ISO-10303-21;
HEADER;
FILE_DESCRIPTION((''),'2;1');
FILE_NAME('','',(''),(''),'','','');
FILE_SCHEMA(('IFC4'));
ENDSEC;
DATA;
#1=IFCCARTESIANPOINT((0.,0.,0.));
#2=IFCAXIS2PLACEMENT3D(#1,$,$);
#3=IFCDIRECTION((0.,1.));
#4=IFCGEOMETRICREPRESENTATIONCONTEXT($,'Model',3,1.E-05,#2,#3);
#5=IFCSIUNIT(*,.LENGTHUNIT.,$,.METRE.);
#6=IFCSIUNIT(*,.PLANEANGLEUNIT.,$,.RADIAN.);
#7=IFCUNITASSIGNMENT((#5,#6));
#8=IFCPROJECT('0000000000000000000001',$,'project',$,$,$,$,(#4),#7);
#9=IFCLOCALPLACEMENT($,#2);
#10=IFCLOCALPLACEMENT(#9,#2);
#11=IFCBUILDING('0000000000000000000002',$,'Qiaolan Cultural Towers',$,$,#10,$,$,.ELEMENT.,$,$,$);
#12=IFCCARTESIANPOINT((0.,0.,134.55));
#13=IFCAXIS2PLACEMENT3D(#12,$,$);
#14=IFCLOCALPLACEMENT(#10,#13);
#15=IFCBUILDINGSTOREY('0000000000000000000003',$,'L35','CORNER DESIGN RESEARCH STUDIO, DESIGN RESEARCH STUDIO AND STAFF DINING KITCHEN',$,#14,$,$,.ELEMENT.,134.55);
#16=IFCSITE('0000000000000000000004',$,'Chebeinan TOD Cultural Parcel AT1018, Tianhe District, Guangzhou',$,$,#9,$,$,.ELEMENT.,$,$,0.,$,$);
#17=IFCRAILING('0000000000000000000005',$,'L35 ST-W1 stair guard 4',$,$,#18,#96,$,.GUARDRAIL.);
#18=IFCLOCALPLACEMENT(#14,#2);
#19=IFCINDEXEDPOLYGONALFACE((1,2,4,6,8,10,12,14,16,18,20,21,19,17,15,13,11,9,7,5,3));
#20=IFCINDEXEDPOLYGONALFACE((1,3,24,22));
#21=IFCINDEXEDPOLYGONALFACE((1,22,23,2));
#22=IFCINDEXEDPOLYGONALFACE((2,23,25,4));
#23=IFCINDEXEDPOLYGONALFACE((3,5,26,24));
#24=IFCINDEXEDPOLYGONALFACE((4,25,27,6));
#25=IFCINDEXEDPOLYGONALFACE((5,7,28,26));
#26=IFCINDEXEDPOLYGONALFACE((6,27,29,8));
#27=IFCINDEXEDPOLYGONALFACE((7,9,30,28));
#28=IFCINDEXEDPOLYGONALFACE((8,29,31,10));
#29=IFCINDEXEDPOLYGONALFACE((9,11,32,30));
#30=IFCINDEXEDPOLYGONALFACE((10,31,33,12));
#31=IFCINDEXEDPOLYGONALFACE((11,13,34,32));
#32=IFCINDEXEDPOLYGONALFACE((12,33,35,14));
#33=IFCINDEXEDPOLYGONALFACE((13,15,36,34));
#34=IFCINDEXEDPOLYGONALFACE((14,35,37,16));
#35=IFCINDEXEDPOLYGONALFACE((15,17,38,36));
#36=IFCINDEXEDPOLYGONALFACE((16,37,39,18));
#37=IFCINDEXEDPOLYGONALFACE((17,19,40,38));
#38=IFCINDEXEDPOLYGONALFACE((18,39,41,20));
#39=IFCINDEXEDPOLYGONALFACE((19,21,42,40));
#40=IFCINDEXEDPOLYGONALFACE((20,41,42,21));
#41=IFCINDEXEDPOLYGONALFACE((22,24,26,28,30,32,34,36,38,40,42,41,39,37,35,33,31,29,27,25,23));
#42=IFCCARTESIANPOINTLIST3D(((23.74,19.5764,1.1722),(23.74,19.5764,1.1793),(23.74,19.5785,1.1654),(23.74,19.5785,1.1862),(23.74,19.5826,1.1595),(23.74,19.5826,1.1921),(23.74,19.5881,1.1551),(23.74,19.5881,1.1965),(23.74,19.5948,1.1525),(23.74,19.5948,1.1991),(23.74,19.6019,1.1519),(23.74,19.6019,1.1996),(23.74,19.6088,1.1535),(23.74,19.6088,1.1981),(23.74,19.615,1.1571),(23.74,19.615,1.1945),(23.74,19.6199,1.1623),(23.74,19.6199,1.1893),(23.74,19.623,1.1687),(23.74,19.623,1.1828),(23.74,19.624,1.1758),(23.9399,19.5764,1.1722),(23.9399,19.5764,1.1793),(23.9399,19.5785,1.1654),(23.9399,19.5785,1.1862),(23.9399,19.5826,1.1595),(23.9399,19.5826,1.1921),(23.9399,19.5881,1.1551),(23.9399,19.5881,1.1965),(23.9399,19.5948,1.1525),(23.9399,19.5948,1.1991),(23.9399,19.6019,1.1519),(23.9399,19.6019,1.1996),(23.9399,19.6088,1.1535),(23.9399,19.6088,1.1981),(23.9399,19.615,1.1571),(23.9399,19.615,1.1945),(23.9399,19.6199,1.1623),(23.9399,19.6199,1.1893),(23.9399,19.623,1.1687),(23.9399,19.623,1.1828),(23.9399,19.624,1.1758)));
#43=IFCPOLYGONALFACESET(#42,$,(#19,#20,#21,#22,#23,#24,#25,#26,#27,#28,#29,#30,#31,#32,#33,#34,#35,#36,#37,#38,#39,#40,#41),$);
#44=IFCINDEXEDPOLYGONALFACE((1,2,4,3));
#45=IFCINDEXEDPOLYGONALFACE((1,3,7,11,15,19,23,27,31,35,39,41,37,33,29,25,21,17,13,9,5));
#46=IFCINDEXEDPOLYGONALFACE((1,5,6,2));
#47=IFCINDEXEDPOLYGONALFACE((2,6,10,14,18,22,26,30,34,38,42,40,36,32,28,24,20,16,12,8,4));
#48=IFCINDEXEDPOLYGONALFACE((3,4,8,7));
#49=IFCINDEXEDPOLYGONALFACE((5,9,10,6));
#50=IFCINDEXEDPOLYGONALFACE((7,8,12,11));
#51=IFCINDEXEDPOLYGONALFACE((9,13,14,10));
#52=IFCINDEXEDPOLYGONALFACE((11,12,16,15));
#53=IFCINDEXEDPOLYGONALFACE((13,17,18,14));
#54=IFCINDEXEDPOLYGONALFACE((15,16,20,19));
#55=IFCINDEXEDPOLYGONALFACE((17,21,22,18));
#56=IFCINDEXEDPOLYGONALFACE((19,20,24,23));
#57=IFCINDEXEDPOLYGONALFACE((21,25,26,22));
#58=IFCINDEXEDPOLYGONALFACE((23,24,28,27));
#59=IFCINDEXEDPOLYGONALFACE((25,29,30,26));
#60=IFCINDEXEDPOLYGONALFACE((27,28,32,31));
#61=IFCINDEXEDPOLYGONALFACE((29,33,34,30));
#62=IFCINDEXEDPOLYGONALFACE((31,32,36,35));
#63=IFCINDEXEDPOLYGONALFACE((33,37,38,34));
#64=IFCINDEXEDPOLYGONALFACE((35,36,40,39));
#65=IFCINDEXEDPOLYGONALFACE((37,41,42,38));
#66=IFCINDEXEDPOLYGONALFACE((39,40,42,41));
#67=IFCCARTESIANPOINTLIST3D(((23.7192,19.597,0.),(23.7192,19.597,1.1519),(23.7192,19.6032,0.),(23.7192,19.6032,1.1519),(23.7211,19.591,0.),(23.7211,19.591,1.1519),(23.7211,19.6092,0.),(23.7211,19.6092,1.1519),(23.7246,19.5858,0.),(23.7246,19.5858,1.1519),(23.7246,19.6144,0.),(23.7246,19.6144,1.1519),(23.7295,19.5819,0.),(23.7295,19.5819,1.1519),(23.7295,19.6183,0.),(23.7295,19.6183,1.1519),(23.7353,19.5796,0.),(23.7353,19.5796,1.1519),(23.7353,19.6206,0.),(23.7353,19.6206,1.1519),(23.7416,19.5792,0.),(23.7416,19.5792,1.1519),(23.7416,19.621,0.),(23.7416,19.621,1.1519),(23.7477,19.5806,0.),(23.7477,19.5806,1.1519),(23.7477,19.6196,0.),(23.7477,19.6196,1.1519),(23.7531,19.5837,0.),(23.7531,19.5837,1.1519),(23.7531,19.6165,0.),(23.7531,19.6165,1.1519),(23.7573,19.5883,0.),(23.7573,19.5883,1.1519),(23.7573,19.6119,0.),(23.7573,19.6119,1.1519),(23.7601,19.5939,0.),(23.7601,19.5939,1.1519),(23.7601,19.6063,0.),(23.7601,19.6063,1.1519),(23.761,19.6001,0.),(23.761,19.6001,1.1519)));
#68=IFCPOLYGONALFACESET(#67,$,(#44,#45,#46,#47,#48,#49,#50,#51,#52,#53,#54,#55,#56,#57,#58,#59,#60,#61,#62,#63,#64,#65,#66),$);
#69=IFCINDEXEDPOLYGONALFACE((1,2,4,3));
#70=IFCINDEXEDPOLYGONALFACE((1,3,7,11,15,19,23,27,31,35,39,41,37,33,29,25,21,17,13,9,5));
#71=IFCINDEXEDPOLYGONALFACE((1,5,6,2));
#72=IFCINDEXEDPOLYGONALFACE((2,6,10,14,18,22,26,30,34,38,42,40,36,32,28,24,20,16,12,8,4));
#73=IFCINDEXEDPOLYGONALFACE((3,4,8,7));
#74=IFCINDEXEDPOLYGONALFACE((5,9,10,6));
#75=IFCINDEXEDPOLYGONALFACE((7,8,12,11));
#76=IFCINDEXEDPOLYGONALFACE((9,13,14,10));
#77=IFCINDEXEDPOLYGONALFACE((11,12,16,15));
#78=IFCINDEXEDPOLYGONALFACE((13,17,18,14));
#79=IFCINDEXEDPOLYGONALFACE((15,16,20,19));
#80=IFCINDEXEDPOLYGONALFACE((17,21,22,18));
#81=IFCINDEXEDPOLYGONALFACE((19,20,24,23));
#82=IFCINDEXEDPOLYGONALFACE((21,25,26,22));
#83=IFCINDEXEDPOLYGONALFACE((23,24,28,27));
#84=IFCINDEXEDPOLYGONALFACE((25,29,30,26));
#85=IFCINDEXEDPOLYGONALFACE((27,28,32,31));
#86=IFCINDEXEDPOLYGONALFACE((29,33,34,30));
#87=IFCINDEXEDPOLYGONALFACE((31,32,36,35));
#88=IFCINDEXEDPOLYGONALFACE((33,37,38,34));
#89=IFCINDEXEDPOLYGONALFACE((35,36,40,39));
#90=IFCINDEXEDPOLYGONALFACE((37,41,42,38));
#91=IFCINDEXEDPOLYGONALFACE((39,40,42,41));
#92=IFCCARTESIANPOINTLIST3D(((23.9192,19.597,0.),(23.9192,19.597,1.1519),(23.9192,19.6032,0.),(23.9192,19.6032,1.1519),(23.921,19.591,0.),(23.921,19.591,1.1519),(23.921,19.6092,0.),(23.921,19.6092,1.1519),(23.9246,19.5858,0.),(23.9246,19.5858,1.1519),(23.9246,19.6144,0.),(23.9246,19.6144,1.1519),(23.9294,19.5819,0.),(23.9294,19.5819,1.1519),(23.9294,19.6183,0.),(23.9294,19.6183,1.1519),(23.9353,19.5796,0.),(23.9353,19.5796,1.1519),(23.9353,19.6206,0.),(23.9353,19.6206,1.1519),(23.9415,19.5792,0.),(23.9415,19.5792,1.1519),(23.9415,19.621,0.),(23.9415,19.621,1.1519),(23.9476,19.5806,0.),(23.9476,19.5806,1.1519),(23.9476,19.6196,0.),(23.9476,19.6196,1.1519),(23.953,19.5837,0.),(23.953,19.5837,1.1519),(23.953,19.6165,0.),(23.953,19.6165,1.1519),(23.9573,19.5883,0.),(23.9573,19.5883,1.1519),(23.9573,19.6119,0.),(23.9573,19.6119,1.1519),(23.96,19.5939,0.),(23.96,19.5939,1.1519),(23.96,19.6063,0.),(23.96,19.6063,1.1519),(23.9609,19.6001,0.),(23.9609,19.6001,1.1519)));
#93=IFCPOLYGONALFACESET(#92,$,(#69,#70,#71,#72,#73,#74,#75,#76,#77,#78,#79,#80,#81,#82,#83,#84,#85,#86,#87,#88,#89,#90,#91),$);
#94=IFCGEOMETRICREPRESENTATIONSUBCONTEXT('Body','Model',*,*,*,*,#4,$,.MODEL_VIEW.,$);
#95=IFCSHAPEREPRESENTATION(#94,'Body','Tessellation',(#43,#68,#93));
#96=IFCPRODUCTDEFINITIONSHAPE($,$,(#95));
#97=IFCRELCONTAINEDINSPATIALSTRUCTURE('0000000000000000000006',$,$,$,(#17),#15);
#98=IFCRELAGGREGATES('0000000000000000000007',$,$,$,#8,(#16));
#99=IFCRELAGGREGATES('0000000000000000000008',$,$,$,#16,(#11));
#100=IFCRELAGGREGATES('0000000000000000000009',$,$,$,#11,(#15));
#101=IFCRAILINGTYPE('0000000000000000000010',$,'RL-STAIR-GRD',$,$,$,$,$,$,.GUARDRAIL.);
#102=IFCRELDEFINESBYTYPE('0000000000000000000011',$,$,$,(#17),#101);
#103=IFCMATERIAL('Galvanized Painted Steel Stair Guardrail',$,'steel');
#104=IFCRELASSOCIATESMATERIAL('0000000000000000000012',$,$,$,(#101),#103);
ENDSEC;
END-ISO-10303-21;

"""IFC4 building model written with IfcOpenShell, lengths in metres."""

from ifc_helpers import new_model, si_unit, direction, frame, origin, origin_2d, place, context, subcontext, project, spatial, circle, extrude, material, type_object, element, save


model = new_model("IFC4")

# Units and contexts
model_context = context("Model", 3, precision=1e-05, world=origin(), true_north=direction((0.0, 1.0)))
body_context = subcontext(model_context, "Body", "Model", "MODEL_VIEW")
ifc_project = project(units=[si_unit("LENGTHUNIT", "METRE"), si_unit("PLANEANGLEUNIT", "RADIAN")], contexts=[model_context])

# Site, building, storey
site_placement = place(None, origin())
site = spatial("IfcSite", under=ifc_project, at=site_placement, Name="Chebeinan TOD Cultural Parcel AT1018, Tianhe District, Guangzhou", CompositionType="ELEMENT", RefElevation=0.0)
building_placement = place(site_placement, origin())
building = spatial("IfcBuilding", under=site, at=building_placement, Name="Qiaolan Cultural Towers", CompositionType="ELEMENT")
storey_placement = place(building_placement, frame((0.0, 0.0, 134.55)))
storey = spatial("IfcBuildingStorey", under=building, at=storey_placement, Name="L35", Description="CORNER DESIGN RESEARCH STUDIO, DESIGN RESEARCH STUDIO AND STAFF DINING KITCHEN", CompositionType="ELEMENT", Elevation=134.55)

# Railing
ifc_material_1 = material(Name="Galvanized Painted Steel Stair Guardrail", Category="steel")
railing_type_1 = type_object("IfcRailingType", Name="RL-STAIR-GRD", PredefinedType="GUARDRAIL", material=ifc_material_1)
railing_1_placement = place(storey_placement, frame((23.74, 19.6001, 0.0)))
element("IfcRailing", 1, at=railing_1_placement, inside=storey, type_object=railing_type_1, Name="L35 ST-W1 stair guard 4", PredefinedType="GUARDRAIL", context=body_context, shape_type="SweptSolid", body=[
    extrude(circle(Radius=0.0239, at=origin_2d()), frame((0.0, 0.0, 1.1758), z_axis=(1.0, 0.0, 0.0), x_axis=(0.0, 1.0, 0.0)), (0.0, 0.0, 1.0), 0.2),
    extrude(circle(Radius=0.021, at=origin_2d()), origin(), (0.0, 0.0, 1.0), 1.1519),
    extrude(circle(Radius=0.021, at=origin_2d()), frame((0.2, 0.0, 0.0)), (0.0, 0.0, 1.0), 1.1519),
])

save(model, "model.ifc")
